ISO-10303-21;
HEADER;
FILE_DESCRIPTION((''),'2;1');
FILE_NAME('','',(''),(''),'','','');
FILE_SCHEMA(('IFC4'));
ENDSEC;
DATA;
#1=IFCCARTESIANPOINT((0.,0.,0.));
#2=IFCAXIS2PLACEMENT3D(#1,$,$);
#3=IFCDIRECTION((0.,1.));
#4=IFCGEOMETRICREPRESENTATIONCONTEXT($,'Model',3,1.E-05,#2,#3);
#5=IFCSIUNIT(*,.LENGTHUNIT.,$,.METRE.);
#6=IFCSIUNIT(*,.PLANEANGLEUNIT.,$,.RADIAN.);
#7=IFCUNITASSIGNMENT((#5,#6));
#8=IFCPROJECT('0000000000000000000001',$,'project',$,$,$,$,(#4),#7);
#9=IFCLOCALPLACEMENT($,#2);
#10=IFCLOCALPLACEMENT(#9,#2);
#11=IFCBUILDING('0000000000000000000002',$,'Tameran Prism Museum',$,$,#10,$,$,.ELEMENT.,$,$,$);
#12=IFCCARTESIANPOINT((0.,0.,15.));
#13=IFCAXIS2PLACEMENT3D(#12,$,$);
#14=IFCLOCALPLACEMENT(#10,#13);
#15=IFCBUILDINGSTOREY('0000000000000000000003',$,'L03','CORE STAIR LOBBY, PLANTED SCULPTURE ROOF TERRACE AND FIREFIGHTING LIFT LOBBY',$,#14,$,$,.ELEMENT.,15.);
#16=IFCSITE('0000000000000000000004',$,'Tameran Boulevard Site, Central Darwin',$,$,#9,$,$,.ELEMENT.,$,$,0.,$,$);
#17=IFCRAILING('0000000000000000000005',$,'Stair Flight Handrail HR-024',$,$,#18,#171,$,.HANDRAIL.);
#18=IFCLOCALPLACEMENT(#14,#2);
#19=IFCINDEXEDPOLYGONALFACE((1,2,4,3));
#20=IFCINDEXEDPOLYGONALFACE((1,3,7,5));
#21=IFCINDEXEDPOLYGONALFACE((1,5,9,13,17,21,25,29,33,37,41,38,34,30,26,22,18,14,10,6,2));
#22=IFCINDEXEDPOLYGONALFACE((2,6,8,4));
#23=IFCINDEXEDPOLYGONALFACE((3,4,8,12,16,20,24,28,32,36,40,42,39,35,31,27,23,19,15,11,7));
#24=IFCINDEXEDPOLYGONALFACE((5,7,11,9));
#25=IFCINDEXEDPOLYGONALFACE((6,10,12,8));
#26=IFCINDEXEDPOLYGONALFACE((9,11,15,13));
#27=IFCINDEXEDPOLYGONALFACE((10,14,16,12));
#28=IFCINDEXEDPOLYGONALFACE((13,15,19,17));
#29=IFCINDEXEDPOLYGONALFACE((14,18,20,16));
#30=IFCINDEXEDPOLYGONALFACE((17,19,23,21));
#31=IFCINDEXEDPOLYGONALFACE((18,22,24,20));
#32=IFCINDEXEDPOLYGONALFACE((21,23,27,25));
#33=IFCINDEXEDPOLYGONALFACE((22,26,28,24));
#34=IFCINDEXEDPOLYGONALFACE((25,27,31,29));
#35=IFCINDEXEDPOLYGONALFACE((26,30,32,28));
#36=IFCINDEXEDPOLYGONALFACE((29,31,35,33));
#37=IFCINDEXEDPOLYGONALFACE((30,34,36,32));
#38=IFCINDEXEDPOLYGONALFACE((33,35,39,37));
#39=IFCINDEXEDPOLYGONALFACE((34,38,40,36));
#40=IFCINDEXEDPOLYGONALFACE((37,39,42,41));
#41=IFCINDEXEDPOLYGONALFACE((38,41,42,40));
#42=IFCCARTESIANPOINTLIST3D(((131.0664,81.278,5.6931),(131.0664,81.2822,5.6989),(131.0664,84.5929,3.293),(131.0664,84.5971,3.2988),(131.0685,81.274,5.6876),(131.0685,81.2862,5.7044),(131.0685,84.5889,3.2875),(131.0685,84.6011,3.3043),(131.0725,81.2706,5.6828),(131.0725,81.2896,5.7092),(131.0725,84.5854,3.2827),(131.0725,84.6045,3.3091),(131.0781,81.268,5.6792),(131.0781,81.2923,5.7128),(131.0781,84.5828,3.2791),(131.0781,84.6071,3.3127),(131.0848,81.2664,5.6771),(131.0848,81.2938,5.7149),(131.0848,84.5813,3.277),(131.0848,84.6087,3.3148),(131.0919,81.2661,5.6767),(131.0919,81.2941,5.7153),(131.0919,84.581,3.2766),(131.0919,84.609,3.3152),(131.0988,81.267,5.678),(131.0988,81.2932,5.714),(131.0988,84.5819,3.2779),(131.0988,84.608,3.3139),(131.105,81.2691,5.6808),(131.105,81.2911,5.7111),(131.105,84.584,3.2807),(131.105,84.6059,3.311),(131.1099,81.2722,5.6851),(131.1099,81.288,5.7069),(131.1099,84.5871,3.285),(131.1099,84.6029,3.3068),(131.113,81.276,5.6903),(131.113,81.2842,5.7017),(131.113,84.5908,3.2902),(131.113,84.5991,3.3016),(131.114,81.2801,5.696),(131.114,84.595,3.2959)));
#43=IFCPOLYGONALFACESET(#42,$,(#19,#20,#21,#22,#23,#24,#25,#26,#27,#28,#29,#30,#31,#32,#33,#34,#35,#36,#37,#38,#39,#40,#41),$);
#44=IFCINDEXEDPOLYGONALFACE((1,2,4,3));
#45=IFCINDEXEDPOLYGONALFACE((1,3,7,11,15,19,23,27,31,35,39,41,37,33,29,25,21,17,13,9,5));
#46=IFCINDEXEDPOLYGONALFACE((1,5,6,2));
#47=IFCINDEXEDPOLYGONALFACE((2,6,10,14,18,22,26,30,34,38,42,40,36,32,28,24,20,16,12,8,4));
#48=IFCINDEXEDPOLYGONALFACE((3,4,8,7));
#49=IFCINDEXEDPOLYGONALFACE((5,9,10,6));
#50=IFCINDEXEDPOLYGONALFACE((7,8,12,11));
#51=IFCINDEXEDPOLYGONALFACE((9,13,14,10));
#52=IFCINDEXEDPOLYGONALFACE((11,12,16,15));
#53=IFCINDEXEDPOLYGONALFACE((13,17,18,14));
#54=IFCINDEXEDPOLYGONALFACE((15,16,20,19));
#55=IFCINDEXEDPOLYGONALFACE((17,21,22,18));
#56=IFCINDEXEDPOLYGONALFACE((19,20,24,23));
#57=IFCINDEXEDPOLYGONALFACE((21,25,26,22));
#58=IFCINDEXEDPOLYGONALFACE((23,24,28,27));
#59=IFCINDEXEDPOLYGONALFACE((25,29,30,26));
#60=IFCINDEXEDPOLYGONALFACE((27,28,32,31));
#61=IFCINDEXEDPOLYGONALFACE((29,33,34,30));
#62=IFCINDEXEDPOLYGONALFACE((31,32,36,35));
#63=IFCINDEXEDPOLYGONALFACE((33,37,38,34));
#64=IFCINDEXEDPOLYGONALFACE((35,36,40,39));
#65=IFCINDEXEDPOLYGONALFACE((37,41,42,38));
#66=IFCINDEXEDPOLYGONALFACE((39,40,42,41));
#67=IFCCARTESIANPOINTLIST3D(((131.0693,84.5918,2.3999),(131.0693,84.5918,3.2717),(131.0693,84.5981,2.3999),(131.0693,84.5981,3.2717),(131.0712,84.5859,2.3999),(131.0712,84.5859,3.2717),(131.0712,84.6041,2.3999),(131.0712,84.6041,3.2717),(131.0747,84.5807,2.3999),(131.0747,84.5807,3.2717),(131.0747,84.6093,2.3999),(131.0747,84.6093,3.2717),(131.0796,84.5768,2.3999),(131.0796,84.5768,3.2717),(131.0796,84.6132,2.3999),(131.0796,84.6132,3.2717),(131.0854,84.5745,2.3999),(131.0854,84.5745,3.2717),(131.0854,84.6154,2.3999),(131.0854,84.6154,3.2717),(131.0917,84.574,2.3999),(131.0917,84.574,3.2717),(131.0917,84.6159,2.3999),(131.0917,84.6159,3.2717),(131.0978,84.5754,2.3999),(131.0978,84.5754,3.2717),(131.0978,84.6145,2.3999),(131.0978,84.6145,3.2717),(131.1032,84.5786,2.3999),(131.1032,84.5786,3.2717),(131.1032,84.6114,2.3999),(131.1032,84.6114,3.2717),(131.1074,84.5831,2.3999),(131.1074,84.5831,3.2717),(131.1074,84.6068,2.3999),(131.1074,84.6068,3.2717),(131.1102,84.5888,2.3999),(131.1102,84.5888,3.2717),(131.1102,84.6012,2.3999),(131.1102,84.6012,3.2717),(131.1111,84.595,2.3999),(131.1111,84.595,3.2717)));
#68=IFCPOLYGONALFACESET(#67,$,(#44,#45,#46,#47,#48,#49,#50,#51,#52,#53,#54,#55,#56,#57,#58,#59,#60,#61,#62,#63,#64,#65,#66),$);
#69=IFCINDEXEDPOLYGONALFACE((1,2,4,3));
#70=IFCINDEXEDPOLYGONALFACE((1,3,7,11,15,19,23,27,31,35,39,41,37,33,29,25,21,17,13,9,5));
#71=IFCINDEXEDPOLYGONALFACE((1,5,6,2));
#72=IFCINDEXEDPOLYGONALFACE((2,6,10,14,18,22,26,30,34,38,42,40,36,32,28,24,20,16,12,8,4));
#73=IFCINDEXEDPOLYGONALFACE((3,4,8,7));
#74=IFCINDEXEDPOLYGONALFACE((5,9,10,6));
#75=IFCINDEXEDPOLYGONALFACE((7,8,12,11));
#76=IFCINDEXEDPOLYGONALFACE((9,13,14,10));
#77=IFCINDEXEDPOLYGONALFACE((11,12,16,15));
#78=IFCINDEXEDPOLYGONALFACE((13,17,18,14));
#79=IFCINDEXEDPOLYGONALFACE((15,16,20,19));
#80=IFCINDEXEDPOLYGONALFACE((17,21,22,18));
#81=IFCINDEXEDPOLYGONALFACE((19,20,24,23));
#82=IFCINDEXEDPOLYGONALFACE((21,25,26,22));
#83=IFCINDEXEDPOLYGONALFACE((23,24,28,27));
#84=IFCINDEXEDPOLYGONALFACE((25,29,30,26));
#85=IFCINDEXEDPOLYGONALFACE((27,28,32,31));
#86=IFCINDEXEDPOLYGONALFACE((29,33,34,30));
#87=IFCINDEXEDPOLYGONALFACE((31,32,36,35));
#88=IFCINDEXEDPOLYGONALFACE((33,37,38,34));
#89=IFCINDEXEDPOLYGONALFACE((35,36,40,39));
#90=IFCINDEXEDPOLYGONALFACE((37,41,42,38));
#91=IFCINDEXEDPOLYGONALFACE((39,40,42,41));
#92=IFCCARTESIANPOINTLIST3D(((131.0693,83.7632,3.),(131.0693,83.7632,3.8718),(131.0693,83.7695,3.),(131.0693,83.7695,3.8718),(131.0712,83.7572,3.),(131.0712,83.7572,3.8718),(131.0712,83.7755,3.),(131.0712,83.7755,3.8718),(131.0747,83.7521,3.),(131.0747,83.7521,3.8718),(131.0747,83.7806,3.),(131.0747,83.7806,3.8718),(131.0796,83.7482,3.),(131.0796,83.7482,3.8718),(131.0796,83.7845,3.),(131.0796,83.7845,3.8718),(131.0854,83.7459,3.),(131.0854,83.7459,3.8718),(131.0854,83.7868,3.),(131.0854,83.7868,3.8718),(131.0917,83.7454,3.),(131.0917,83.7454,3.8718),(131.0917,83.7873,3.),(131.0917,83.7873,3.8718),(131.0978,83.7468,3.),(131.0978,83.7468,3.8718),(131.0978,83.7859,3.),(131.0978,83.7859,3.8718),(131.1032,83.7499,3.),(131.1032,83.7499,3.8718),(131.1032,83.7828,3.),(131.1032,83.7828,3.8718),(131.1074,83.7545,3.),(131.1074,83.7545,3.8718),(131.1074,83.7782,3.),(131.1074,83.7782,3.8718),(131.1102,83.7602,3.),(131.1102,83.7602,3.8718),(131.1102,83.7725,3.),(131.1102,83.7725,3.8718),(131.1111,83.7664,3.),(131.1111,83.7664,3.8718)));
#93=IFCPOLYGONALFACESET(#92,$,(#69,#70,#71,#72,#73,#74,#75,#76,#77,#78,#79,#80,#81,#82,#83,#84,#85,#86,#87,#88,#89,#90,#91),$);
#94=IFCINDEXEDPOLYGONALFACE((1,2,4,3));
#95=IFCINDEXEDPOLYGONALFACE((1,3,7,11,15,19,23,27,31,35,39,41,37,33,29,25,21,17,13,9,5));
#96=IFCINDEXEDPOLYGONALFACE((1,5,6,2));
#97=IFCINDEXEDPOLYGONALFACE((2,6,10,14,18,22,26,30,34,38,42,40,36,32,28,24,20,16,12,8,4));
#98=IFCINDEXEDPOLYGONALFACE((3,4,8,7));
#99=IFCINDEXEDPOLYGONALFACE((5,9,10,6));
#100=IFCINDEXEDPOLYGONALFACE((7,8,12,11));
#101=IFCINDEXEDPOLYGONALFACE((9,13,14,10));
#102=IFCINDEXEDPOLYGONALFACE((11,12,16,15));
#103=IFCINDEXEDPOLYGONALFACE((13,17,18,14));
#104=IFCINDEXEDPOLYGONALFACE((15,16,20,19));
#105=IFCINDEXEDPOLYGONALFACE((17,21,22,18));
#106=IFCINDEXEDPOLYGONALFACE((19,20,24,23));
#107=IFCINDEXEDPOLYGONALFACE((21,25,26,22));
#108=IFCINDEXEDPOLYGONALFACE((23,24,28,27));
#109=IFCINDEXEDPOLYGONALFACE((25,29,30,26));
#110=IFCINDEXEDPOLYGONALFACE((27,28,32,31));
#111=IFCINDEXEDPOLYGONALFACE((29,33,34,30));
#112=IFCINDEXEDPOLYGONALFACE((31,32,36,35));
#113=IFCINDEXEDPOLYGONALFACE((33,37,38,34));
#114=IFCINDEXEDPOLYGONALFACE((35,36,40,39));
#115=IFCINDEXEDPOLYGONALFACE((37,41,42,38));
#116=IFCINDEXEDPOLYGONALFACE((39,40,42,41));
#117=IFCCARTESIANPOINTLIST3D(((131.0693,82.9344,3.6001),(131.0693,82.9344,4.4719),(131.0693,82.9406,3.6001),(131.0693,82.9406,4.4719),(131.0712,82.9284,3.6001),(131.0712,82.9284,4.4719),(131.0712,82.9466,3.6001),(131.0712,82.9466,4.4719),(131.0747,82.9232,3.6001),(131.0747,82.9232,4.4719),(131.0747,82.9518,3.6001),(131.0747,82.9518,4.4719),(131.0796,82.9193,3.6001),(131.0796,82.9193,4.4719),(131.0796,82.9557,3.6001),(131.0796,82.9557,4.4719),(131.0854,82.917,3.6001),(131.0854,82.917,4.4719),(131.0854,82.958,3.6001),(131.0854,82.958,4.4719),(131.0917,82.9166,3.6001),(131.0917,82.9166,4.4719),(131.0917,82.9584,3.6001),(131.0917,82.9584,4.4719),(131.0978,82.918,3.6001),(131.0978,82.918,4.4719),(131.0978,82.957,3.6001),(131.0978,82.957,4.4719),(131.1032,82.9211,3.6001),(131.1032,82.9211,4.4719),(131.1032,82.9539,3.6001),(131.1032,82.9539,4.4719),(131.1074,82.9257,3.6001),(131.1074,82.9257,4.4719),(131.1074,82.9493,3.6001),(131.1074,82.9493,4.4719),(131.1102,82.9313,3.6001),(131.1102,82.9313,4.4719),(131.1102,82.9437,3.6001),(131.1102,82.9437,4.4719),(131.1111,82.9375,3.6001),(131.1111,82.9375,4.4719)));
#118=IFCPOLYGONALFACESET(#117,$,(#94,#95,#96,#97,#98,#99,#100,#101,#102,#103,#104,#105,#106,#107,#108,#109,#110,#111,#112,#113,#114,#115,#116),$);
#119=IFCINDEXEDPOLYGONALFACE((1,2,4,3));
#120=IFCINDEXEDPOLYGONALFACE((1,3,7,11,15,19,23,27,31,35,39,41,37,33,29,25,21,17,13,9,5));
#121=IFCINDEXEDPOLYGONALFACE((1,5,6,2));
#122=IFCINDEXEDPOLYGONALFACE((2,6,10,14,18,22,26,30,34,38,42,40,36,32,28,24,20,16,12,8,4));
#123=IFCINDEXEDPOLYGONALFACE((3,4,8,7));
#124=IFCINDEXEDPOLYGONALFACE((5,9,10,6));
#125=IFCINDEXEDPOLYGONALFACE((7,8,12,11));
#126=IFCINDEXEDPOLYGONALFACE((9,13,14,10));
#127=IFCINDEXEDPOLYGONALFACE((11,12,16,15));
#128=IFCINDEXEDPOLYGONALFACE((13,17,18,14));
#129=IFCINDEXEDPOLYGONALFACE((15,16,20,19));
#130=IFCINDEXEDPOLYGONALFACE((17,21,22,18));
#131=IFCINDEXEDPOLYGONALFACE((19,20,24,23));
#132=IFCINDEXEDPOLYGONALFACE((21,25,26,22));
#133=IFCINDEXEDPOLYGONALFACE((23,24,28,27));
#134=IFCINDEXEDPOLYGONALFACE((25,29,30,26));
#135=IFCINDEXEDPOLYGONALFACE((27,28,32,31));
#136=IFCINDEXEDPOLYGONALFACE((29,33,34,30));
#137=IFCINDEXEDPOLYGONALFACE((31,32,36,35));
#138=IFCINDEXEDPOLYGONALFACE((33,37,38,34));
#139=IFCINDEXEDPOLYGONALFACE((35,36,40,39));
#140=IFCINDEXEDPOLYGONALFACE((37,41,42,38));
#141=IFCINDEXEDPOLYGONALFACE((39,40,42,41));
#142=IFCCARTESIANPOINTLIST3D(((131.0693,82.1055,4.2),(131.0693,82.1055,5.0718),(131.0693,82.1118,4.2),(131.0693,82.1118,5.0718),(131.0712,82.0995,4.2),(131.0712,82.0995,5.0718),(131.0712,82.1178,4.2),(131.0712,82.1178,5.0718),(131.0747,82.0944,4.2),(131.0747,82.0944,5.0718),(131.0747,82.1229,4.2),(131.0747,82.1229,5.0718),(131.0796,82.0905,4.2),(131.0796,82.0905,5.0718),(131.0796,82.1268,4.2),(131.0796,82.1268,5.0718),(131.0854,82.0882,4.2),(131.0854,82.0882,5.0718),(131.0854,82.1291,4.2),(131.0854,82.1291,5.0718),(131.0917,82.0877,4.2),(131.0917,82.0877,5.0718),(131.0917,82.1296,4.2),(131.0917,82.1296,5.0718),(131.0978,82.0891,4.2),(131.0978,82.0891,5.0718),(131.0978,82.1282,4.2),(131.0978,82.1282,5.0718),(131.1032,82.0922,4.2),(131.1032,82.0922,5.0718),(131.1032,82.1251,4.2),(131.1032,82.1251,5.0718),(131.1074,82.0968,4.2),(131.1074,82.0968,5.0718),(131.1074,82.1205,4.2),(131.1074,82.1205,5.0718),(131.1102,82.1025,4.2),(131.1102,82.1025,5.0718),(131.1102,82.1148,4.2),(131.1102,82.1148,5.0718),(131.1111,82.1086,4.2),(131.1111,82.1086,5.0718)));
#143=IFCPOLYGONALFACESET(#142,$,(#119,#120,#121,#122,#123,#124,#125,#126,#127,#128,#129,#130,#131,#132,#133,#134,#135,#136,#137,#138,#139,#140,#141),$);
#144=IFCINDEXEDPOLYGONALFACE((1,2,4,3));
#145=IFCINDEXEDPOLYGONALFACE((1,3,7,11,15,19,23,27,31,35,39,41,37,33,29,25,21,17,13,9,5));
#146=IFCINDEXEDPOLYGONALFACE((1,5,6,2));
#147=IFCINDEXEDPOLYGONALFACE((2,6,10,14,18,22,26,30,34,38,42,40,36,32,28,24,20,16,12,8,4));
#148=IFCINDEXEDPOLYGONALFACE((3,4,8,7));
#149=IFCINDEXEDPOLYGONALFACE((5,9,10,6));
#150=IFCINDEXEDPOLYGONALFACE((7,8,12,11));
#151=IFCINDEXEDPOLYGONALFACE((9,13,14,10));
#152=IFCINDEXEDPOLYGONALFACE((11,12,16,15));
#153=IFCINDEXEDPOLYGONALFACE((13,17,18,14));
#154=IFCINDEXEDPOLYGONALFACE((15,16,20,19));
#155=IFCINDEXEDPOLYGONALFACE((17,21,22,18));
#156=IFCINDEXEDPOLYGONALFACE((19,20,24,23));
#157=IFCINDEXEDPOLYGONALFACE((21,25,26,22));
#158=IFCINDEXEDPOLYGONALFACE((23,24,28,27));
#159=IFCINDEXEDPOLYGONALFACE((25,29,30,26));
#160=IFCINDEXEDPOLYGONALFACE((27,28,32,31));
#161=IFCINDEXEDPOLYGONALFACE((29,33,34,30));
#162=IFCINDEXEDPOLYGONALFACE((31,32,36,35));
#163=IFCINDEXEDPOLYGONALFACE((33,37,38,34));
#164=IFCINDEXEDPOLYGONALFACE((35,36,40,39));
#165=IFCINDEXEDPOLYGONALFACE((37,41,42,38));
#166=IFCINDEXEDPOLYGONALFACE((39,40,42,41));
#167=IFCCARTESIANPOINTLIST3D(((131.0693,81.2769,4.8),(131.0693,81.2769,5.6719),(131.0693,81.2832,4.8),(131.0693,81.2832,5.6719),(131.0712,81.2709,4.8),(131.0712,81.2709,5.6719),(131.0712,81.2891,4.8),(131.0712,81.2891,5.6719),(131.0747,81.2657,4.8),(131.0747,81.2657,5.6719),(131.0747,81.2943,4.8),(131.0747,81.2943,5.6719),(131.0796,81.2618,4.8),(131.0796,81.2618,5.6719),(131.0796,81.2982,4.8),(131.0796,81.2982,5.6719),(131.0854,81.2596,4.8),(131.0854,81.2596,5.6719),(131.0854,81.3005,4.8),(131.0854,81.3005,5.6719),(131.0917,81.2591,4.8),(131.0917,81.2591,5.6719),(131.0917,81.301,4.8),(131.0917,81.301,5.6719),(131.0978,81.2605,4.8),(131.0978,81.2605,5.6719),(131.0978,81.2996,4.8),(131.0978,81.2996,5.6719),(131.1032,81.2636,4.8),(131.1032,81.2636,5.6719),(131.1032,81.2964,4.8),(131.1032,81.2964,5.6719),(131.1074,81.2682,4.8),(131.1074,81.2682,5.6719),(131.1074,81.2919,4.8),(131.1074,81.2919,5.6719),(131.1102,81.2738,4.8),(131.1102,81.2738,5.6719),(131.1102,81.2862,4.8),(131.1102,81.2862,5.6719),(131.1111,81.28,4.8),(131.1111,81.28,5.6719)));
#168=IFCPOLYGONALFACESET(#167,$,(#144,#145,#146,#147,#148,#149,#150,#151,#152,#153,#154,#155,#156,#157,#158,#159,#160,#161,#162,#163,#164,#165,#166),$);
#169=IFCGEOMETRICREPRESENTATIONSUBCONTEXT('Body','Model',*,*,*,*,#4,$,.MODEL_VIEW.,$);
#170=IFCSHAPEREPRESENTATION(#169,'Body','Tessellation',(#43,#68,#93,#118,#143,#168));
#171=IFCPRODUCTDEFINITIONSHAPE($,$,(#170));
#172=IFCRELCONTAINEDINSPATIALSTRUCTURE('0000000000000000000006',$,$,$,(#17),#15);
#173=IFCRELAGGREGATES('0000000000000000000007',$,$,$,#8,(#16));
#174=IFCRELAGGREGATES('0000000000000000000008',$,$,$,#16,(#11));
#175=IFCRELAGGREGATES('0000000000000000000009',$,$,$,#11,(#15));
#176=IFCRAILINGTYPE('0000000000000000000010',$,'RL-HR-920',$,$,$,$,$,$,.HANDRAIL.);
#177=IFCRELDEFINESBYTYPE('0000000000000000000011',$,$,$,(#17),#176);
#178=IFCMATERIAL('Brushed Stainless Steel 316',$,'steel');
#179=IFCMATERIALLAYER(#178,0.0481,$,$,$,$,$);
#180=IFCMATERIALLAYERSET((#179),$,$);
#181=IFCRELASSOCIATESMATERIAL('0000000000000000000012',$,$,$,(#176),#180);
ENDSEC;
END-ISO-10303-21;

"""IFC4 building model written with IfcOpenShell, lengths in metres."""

from ifc_helpers import new_model, si_unit, direction, frame, origin, origin_2d, place, context, subcontext, project, spatial, circle, extrude, material, layer, layer_set, type_object, element, save


model = new_model("IFC4")

# Units and contexts
model_context = context("Model", 3, precision=1e-05, world=origin(), true_north=direction((0.0, 1.0)))
body_context = subcontext(model_context, "Body", "Model", "MODEL_VIEW")
ifc_project = project(units=[si_unit("LENGTHUNIT", "METRE"), si_unit("PLANEANGLEUNIT", "RADIAN")], contexts=[model_context])

# Site, building, storey
site_placement = place(None, origin())
site = spatial("IfcSite", under=ifc_project, at=site_placement, Name="Tameran Boulevard Site, Central Darwin", CompositionType="ELEMENT", RefElevation=0.0)
building_placement = place(site_placement, origin())
building = spatial("IfcBuilding", under=site, at=building_placement, Name="Tameran Prism Museum", CompositionType="ELEMENT")
storey_placement = place(building_placement, frame((0.0, 0.0, 15.0)))
storey = spatial("IfcBuildingStorey", under=building, at=storey_placement, Name="L03", Description="CORE STAIR LOBBY, PLANTED SCULPTURE ROOF TERRACE AND FIREFIGHTING LIFT LOBBY", CompositionType="ELEMENT", Elevation=15.0)

# Railing
ifc_material_1 = material(Name="Brushed Stainless Steel 316", Category="steel")
ifc_layer_1 = layer(ifc_material_1, 0.0481)
ifc_layer_set_1 = layer_set([ifc_layer_1])
railing_type = type_object("IfcRailingType", Name="RL-HR-920", PredefinedType="HANDRAIL", material=ifc_layer_set_1)
railing_placement = place(storey_placement, frame((131.0901, 84.595, 2.3999)))
element("IfcRailing", 1, at=railing_placement, inside=storey, type_object=railing_type, Name="Stair Flight Handrail HR-024", PredefinedType="HANDRAIL", context=body_context, shape_type="SweptSolid", body=[
    extrude(circle(Radius=0.0239, at=origin_2d()), frame((0.0, 0.0, 0.896), z_axis=(0.0, -0.80998, 0.586457), x_axis=(1.0, 0.0, 0.0)), (0.0, 0.0, 1.0), 4.0925),
    extrude(circle(Radius=0.021, at=origin_2d()), origin(), (0.0, 0.0, 1.0), 0.8718),
    extrude(circle(Radius=0.021, at=origin_2d()), frame((0.0, -0.8286, 0.6001)), (0.0, 0.0, 1.0), 0.8718),
    extrude(circle(Radius=0.021, at=origin_2d()), frame((0.0, -1.6575, 1.2002)), (0.0, 0.0, 1.0), 0.8718),
    extrude(circle(Radius=0.021, at=origin_2d()), frame((0.0, -2.4863, 1.8)), (0.0, 0.0, 1.0), 0.8718),
    extrude(circle(Radius=0.021, at=origin_2d()), frame((0.0, -3.3149, 2.4001)), (0.0, 0.0, 1.0), 0.8718),
])

save(model, "model.ifc")
